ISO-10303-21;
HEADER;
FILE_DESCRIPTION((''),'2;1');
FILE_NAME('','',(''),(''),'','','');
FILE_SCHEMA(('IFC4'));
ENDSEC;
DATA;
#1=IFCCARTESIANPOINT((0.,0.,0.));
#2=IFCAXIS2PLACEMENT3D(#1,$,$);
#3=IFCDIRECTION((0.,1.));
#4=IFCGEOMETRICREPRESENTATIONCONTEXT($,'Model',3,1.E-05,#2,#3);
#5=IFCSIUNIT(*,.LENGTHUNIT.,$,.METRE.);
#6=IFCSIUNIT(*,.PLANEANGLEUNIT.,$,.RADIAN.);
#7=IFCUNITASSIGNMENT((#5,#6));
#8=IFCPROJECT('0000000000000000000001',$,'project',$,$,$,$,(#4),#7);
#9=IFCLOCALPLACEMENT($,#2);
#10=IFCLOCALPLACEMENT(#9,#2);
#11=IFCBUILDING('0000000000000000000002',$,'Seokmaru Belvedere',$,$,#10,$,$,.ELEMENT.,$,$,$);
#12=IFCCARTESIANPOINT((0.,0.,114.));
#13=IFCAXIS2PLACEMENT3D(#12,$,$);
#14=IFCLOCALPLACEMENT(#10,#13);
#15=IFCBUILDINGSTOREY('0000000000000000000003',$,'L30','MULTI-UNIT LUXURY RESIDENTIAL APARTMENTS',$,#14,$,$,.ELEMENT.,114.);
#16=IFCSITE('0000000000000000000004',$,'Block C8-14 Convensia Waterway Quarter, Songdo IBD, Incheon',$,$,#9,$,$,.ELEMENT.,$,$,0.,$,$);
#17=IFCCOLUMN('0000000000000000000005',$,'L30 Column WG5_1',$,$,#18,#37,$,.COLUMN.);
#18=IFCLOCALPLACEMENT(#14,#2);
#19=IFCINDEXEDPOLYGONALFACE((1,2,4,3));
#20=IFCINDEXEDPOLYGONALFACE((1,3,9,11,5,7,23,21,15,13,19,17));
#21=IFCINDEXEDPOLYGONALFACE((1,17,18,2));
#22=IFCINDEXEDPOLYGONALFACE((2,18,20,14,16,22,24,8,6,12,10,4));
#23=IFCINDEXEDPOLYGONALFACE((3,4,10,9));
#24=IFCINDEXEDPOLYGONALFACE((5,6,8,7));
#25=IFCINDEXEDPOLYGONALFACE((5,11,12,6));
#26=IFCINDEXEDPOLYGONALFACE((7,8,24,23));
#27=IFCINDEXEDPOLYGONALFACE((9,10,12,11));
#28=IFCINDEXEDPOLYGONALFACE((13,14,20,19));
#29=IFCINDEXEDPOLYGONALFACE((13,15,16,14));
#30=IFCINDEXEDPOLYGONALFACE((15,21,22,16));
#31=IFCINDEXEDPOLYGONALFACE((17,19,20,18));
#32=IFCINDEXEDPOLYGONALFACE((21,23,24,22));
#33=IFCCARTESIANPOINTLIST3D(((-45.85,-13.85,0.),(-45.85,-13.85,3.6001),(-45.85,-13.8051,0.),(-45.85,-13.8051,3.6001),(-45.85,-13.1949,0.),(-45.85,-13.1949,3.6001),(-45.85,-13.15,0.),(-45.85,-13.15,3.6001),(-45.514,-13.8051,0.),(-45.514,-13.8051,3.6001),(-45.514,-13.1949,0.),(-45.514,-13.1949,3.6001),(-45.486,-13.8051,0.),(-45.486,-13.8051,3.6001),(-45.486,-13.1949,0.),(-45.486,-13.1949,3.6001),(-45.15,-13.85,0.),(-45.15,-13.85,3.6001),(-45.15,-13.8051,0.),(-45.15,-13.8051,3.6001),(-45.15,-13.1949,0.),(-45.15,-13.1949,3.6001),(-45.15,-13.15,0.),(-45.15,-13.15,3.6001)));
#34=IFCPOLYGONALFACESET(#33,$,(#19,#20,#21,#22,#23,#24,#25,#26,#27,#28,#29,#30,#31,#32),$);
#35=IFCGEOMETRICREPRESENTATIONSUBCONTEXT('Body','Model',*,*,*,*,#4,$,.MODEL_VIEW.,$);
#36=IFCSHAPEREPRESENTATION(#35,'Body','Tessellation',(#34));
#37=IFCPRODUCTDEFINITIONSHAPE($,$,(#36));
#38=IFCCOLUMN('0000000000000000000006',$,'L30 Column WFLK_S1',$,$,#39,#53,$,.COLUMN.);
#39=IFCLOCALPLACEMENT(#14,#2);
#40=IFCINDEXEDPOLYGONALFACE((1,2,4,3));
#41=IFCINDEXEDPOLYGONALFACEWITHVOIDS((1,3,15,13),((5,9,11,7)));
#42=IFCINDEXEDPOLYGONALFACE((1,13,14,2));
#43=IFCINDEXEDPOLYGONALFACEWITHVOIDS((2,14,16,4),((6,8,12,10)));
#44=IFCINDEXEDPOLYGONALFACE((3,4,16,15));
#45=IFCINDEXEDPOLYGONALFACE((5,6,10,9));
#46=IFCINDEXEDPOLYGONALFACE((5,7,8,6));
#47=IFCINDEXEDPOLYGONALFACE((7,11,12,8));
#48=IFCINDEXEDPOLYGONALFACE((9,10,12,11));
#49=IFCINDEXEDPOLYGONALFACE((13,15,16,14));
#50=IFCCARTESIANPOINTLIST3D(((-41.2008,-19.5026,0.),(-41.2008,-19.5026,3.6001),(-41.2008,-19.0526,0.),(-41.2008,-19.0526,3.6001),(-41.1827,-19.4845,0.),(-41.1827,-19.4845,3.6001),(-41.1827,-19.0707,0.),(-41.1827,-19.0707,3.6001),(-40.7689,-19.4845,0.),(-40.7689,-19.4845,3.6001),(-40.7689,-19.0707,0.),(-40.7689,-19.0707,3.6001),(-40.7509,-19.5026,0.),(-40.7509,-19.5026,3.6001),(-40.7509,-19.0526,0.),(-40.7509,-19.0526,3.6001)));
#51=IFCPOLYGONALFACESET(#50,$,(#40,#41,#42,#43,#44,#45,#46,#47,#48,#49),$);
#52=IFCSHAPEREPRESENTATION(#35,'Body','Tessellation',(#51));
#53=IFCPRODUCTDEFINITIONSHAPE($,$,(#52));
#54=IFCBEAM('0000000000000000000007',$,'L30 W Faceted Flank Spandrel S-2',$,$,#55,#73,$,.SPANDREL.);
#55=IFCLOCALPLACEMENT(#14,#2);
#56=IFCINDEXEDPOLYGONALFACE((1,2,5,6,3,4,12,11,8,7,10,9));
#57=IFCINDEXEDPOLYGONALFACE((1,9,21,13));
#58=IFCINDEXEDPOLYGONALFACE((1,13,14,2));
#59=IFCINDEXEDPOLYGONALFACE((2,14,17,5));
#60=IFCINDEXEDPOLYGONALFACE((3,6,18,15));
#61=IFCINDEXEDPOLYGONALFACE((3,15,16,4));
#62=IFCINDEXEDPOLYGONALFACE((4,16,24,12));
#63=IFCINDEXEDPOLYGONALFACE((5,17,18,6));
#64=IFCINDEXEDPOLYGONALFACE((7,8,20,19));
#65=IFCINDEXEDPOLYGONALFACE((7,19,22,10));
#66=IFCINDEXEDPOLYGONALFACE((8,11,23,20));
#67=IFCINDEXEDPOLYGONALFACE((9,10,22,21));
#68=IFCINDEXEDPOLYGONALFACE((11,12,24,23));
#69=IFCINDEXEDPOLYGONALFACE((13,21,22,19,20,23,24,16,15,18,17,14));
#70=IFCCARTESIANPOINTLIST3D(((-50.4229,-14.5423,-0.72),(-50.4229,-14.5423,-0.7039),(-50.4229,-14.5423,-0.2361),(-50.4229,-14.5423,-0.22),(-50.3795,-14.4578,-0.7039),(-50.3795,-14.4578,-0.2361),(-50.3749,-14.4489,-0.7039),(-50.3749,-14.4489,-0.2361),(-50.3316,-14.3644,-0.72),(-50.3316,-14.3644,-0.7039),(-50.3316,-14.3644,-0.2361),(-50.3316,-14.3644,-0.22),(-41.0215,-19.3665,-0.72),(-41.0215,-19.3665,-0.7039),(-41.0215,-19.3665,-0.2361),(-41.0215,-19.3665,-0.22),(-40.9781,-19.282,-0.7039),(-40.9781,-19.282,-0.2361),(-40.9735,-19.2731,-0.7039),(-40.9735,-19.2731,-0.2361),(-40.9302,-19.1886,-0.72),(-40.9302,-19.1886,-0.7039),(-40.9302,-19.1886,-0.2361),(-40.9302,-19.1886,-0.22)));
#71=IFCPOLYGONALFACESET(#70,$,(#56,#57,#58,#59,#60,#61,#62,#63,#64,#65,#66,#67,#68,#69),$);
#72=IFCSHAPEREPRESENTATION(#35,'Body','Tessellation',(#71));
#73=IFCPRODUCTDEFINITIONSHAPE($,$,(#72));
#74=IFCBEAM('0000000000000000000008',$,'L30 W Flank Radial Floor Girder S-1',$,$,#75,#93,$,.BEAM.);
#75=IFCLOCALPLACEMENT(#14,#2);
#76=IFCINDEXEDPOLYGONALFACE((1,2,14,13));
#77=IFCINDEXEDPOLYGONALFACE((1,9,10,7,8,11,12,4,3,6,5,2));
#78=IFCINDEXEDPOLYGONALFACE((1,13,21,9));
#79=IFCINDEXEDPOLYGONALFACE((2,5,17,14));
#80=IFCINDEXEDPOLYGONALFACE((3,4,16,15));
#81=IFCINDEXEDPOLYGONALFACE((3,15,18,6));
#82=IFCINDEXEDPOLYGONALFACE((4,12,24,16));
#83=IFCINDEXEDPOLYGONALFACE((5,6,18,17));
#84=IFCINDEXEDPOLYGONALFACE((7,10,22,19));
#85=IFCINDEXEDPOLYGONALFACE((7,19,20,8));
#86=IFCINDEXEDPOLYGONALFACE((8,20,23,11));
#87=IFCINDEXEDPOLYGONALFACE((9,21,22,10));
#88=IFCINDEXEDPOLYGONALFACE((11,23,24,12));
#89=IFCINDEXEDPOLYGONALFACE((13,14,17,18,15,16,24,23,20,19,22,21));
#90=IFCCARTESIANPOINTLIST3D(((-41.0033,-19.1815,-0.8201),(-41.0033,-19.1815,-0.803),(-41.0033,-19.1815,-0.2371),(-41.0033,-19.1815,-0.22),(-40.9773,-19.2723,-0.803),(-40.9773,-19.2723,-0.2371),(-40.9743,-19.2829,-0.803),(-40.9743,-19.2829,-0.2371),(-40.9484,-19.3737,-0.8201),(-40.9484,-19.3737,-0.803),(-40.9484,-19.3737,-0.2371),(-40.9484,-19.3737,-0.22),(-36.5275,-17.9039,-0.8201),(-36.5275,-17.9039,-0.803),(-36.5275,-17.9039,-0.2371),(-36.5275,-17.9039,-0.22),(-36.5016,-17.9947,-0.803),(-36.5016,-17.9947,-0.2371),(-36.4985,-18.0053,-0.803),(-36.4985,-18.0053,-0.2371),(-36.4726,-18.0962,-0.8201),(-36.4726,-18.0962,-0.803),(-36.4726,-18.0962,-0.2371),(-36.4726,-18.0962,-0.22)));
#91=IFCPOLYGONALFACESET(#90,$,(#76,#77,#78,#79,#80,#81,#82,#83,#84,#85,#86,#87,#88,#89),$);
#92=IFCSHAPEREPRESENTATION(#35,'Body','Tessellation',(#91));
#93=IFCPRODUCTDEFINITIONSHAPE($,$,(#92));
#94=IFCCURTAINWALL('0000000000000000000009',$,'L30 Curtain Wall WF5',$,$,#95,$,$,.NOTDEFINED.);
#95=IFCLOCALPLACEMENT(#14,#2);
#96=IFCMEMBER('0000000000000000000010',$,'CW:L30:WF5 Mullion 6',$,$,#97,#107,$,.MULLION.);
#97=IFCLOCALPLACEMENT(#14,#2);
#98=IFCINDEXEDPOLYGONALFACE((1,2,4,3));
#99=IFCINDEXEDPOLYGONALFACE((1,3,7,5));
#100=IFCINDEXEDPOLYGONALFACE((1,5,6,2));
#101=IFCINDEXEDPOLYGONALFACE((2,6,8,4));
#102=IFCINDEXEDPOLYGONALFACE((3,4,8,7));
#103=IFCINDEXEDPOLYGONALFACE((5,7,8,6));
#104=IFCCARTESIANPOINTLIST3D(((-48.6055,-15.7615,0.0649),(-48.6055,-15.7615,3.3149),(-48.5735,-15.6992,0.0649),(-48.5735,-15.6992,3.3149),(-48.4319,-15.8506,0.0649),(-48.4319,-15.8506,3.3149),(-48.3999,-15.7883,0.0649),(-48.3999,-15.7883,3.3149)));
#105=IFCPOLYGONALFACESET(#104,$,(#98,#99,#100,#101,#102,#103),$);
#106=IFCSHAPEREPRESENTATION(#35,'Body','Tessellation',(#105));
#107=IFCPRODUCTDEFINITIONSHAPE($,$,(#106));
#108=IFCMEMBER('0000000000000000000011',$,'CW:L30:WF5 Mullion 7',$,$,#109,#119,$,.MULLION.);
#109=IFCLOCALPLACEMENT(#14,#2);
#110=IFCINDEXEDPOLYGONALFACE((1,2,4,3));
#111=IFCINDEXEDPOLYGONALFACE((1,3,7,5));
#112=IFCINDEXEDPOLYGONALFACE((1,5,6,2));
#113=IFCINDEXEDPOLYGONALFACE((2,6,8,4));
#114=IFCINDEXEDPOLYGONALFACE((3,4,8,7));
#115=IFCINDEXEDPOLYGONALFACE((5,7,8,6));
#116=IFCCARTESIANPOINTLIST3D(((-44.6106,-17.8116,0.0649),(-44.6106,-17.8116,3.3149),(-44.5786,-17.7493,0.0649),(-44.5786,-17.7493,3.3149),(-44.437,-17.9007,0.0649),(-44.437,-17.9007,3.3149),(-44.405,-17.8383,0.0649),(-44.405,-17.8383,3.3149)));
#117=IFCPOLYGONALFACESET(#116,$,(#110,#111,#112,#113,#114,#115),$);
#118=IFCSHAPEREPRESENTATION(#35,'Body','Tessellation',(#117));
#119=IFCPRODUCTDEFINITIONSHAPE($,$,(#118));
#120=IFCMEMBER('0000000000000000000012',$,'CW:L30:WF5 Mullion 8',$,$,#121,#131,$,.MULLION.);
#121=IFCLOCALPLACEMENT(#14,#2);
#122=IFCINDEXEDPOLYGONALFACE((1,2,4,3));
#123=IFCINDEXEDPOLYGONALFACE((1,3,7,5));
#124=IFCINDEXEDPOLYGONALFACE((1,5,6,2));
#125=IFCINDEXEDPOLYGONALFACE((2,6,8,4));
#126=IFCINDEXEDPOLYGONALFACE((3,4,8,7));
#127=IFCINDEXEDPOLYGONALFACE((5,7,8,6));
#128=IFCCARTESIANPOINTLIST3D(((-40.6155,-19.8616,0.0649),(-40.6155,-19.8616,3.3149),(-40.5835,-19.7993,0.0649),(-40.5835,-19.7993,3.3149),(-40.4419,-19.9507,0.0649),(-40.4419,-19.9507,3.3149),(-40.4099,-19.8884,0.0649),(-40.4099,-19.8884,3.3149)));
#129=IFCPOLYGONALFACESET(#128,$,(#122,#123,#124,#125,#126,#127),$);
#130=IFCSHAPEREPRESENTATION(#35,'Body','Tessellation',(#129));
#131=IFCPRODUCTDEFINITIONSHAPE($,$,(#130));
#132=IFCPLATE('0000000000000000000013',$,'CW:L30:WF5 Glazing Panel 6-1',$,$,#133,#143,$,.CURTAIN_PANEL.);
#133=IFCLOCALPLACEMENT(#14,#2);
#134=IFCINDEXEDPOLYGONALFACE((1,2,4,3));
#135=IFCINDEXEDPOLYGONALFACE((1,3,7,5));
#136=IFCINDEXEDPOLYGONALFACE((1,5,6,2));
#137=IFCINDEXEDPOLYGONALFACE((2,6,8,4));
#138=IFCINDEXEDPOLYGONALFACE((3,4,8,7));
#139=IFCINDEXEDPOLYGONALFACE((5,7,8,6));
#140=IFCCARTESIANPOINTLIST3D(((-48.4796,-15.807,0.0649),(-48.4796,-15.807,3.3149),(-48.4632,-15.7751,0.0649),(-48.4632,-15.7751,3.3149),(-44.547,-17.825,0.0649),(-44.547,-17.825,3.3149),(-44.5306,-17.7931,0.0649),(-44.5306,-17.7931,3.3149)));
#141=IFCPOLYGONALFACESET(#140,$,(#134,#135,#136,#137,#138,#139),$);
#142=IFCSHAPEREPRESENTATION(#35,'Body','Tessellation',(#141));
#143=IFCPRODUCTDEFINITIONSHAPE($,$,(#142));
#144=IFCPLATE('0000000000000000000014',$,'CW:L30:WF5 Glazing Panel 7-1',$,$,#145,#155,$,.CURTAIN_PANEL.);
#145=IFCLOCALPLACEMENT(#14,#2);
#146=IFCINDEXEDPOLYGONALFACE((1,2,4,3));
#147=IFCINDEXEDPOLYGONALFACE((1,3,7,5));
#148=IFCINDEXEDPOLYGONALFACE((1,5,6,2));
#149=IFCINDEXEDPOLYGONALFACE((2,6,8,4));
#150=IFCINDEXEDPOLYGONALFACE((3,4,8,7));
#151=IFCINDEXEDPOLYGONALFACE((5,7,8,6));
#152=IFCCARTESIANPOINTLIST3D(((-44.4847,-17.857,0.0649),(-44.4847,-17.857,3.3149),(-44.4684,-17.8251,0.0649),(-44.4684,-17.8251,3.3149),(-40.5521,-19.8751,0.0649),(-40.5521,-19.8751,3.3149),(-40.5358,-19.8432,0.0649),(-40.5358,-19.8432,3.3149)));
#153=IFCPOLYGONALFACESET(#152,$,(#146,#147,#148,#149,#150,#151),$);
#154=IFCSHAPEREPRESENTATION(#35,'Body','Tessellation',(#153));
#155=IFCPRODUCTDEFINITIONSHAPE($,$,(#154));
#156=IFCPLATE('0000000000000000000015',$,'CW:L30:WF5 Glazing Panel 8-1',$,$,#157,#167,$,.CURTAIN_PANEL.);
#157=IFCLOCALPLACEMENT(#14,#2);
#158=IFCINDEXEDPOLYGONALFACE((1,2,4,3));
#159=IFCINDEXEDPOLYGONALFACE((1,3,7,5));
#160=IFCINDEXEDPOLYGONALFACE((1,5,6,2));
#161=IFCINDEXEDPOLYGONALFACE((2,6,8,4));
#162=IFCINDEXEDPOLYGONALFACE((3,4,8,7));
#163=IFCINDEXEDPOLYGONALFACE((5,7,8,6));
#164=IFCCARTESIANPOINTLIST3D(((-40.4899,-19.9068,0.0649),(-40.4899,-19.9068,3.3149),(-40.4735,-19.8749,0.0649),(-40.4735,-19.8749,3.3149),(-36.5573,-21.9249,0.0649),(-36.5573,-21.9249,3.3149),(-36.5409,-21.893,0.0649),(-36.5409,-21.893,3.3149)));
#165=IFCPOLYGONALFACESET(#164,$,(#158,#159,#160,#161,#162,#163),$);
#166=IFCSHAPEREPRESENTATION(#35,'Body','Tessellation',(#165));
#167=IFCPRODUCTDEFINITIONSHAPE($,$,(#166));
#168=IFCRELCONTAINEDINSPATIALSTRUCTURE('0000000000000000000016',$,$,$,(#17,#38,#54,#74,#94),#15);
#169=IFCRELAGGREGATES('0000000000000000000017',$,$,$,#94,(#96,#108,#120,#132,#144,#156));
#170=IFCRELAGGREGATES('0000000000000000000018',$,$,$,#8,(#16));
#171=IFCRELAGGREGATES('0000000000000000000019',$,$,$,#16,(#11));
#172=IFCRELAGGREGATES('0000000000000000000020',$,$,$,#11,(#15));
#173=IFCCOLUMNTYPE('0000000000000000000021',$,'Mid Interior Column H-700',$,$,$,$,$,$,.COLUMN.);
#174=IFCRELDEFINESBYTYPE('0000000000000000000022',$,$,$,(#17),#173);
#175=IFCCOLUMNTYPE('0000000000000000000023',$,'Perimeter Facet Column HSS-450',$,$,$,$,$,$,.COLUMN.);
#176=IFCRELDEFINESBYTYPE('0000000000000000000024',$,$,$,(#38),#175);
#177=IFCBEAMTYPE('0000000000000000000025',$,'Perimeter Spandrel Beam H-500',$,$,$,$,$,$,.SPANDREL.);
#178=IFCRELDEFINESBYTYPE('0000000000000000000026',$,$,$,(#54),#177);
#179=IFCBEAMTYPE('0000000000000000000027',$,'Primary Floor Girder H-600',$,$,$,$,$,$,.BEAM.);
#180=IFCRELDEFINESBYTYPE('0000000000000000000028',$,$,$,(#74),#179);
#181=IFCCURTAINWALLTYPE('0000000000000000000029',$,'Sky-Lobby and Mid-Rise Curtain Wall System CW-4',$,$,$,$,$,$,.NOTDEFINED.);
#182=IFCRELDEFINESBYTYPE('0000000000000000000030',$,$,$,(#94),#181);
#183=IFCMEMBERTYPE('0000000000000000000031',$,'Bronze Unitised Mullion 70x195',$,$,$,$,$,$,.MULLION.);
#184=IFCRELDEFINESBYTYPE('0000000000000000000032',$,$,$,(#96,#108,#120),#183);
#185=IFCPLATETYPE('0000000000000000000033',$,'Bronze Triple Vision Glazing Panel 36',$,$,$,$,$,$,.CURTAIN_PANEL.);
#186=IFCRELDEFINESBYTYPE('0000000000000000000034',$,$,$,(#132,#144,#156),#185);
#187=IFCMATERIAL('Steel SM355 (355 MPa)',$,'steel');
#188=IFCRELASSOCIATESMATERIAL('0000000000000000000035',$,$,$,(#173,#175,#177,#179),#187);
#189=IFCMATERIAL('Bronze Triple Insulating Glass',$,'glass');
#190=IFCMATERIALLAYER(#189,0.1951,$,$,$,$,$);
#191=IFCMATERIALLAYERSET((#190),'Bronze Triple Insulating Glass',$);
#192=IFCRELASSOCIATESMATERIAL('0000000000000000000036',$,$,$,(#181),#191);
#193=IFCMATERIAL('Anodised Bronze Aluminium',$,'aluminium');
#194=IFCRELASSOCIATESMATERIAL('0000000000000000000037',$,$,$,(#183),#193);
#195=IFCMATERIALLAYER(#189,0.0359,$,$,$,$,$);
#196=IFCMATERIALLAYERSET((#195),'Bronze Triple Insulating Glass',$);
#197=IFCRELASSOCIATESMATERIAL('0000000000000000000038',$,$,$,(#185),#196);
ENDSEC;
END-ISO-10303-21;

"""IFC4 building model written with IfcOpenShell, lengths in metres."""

from ifc_helpers import new_model, si_unit, direction, frame, origin, origin_2d, place, context, subcontext, project, spatial, rectangle, hollow_rectangle, i_section, extrude, source, transform, mapped, material, layer, layer_set, material_profile, profile_set, type_object, type_shapes, element, aggregate, save


model = new_model("IFC4")

# Units and contexts
model_context = context("Model", 3, precision=1e-05, world=origin(), true_north=direction((0.0, 1.0)))
body_context = subcontext(model_context, "Body", "Model", "MODEL_VIEW")
ifc_project = project(units=[si_unit("LENGTHUNIT", "METRE"), si_unit("PLANEANGLEUNIT", "RADIAN")], contexts=[model_context])

# Site, building, storey
site_placement = place(None, origin())
site = spatial("IfcSite", under=ifc_project, at=site_placement, Name="Block C8-14 Convensia Waterway Quarter, Songdo IBD, Incheon", CompositionType="ELEMENT", RefElevation=0.0)
building_placement = place(site_placement, origin())
building = spatial("IfcBuilding", under=site, at=building_placement, Name="Seokmaru Belvedere", CompositionType="ELEMENT")
storey_placement = place(building_placement, frame((0.0, 0.0, 114.0)))
storey = spatial("IfcBuildingStorey", under=building, at=storey_placement, Name="L30", Description="MULTI-UNIT LUXURY RESIDENTIAL APARTMENTS", CompositionType="ELEMENT", Elevation=114.0)

# Columns
ifc_material_1 = material(Name="Steel SM355 (355 MPa)", Category="steel")
ifc_material_profile_1 = material_profile(ifc_material_1, i_section(OverallWidth=0.7, OverallDepth=0.7, WebThickness=0.0281, FlangeThickness=0.0449, at=origin_2d()), Name="H-700x700x28x45")
ifc_profile_set_1 = profile_set([ifc_material_profile_1], Name="Steel SM355 (355 MPa)")
column_type_1 = type_object("IfcColumnType", Name="Mid Interior Column H-700", PredefinedType="COLUMN", material=ifc_profile_set_1)
shared_shape_1 = source(origin(), body_context, "Body", "SweptSolid", [
    extrude(i_section(OverallWidth=0.7, OverallDepth=0.7, WebThickness=0.0281, FlangeThickness=0.0449, at=origin_2d()), origin(), (0.0, 0.0, 1.0), 3.6001),
])
type_shapes(column_type_1, [shared_shape_1])
column_1_placement = place(storey_placement, frame((-45.5, -13.5, 0.0), z_axis=(0.0, 0.0, 1.0), x_axis=(1.0, 0.0, 0.0)))
element("IfcColumn", 1, at=column_1_placement, inside=storey, type_object=column_type_1, Name="L30 Column WG5_1", PredefinedType="COLUMN", context=body_context, shape_type="MappedRepresentation", body=[
    mapped(shared_shape_1, transform((0.0, 0.0, 0.0), scale=1.0)),
])
ifc_material_profile_2 = material_profile(ifc_material_1, hollow_rectangle(XDim=0.45, YDim=0.45, WallThickness=0.0181, at=origin_2d()), Name="HSS-450x450x18")
ifc_profile_set_2 = profile_set([ifc_material_profile_2], Name="Steel SM355 (355 MPa)")
column_type_2 = type_object("IfcColumnType", Name="Perimeter Facet Column HSS-450", PredefinedType="COLUMN", material=ifc_profile_set_2)
shared_shape_2 = source(origin(), body_context, "Body", "SweptSolid", [
    extrude(hollow_rectangle(XDim=0.45, YDim=0.45, WallThickness=0.0181, at=origin_2d()), origin(), (0.0, 0.0, 1.0), 3.6001),
])
type_shapes(column_type_2, [shared_shape_2])
column_2_placement = place(storey_placement, frame((-40.9758, -19.2776, 0.0), z_axis=(0.0, 0.0, 1.0), x_axis=(1.0, 0.0, 0.0)))
element("IfcColumn", 2, at=column_2_placement, inside=storey, type_object=column_type_2, Name="L30 Column WFLK_S1", PredefinedType="COLUMN", context=body_context, shape_type="MappedRepresentation", body=[
    mapped(shared_shape_2, transform((0.0, 0.0, 0.0), scale=1.0)),
])

# Beams
ifc_material_profile_3 = material_profile(ifc_material_1, i_section(OverallWidth=0.2, OverallDepth=0.5, WebThickness=0.01, FlangeThickness=0.0161, at=origin_2d()), Name="H-500x200x10x16")
ifc_profile_set_3 = profile_set([ifc_material_profile_3], Name="Steel SM355 (355 MPa)")
beam_type_1 = type_object("IfcBeamType", Name="Perimeter Spandrel Beam H-500", PredefinedType="SPANDREL", material=ifc_profile_set_3)
shared_shape_3 = source(origin(), body_context, "Body", "SweptSolid", [
    extrude(i_section(OverallWidth=0.2, OverallDepth=0.5, WebThickness=0.01, FlangeThickness=0.0161, at=origin_2d()), origin(), (0.0, 0.0, 1.0), 10.5669),
])
type_shapes(beam_type_1, [shared_shape_3])
beam_1_placement = place(storey_placement, frame((-40.9758, -19.2776, -0.47), z_axis=(-0.889702, 0.456542, 0.0), x_axis=(-0.456542, -0.889702, 0.0)))
element("IfcBeam", 3, at=beam_1_placement, inside=storey, type_object=beam_type_1, Name="L30 W Faceted Flank Spandrel S-2", PredefinedType="SPANDREL", context=body_context, shape_type="MappedRepresentation", body=[
    mapped(shared_shape_3, transform((0.0, 0.0, 0.0), scale=1.0)),
])
ifc_material_profile_4 = material_profile(ifc_material_1, i_section(OverallWidth=0.2, OverallDepth=0.6001, WebThickness=0.011, FlangeThickness=0.0171, at=origin_2d()), Name="H-600x200x11x17")
ifc_profile_set_4 = profile_set([ifc_material_profile_4], Name="Steel SM355 (355 MPa)")
beam_type_2 = type_object("IfcBeamType", Name="Primary Floor Girder H-600", PredefinedType="BEAM", material=ifc_profile_set_4)
shared_shape_4 = source(origin(), body_context, "Body", "SweptSolid", [
    extrude(i_section(OverallWidth=0.2, OverallDepth=0.6001, WebThickness=0.011, FlangeThickness=0.0171, at=origin_2d()), origin(), (0.0, 0.0, 1.0), 4.6545),
])
type_shapes(beam_type_2, [shared_shape_4])
beam_2_placement = place(storey_placement, frame((-40.9758, -19.2776, -0.52), z_axis=(0.961593, 0.274479, 0.0), x_axis=(-0.274479, 0.961593, 0.0)))
element("IfcBeam", 4, at=beam_2_placement, inside=storey, type_object=beam_type_2, Name="L30 W Flank Radial Floor Girder S-1", PredefinedType="BEAM", context=body_context, shape_type="MappedRepresentation", body=[
    mapped(shared_shape_4, transform((0.0, 0.0, 0.0), scale=1.0)),
])

# Curtain wall, members, plates
ifc_material_2 = material(Name="Bronze Triple Insulating Glass", Category="glass")
ifc_layer_1 = layer(ifc_material_2, 0.1951)
ifc_layer_set_1 = layer_set([ifc_layer_1], Name="Bronze Triple Insulating Glass")
curtain_wall_type = type_object("IfcCurtainWallType", Name="Sky-Lobby and Mid-Rise Curtain Wall System CW-4", PredefinedType="NOTDEFINED", material=ifc_layer_set_1)
curtain_wall_placement = place(storey_placement, origin())
curtain_wall = element("IfcCurtainWall", 5, at=curtain_wall_placement, inside=storey, type_object=curtain_wall_type, Name="L30 Curtain Wall WF5", PredefinedType="NOTDEFINED")
ifc_material_3 = material(Name="Anodised Bronze Aluminium", Category="aluminium")
ifc_material_profile_5 = material_profile(ifc_material_3, rectangle(XDim=0.0701, YDim=0.1951, at=origin_2d()), Name="CW-M-70x195")
ifc_profile_set_5 = profile_set([ifc_material_profile_5], Name="Anodised Bronze Aluminium")
member_type = type_object("IfcMemberType", Name="Bronze Unitised Mullion 70x195", PredefinedType="MULLION", material=ifc_profile_set_5)
shared_shape_5 = source(origin(), body_context, "Body", "SweptSolid", [
    extrude(rectangle(XDim=0.0701, YDim=0.1951, at=origin_2d()), origin(), (0.0, 0.0, 1.0), 3.25),
])
type_shapes(member_type, [shared_shape_5])
member_1_placement = place(storey_placement, frame((-48.5027, -15.7749, 0.0649), z_axis=(0.0, 0.0, 1.0), x_axis=(0.456555, 0.889695, 0.0)))
member_1 = element("IfcMember", 6, at=member_1_placement, type_object=member_type, Name="CW:L30:WF5 Mullion 6", PredefinedType="MULLION", context=body_context, shape_type="MappedRepresentation", body=[
    mapped(shared_shape_5, transform((0.0, 0.0, 0.0), scale=1.0)),
])
member_2_placement = place(storey_placement, frame((-44.5078, -17.825, 0.0649), z_axis=(0.0, 0.0, 1.0), x_axis=(0.456555, 0.889695, 0.0)))
member_2 = element("IfcMember", 7, at=member_2_placement, type_object=member_type, Name="CW:L30:WF5 Mullion 7", PredefinedType="MULLION", context=body_context, shape_type="MappedRepresentation", body=[
    mapped(shared_shape_5, transform((0.0, 0.0, 0.0), scale=1.0)),
])
member_3_placement = place(storey_placement, frame((-40.5127, -19.875, 0.0649), z_axis=(0.0, 0.0, 1.0), x_axis=(0.456555, 0.889695, 0.0)))
member_3 = element("IfcMember", 8, at=member_3_placement, type_object=member_type, Name="CW:L30:WF5 Mullion 8", PredefinedType="MULLION", context=body_context, shape_type="MappedRepresentation", body=[
    mapped(shared_shape_5, transform((0.0, 0.0, 0.0), scale=1.0)),
])
ifc_layer_2 = layer(ifc_material_2, 0.0359)
ifc_layer_set_2 = layer_set([ifc_layer_2], Name="Bronze Triple Insulating Glass")
plate_type = type_object("IfcPlateType", Name="Bronze Triple Vision Glazing Panel 36", PredefinedType="CURTAIN_PANEL", material=ifc_layer_set_2)
shared_shape_6 = source(origin(), body_context, "Body", "SweptSolid", [
    extrude(rectangle(XDim=4.4202, YDim=0.0359, at=origin_2d()), origin(), (0.0, 0.0, 1.0), 3.25),
])
type_shapes(plate_type, [shared_shape_6])
plate_1_placement = place(storey_placement, frame((-46.5051, -16.8, 0.0649), z_axis=(0.0, 0.0, 1.0), x_axis=(0.889695, -0.456555, 0.0)))
plate_1 = element("IfcPlate", 9, at=plate_1_placement, type_object=plate_type, Name="CW:L30:WF5 Glazing Panel 6-1", PredefinedType="CURTAIN_PANEL", context=body_context, shape_type="MappedRepresentation", body=[
    mapped(shared_shape_6, transform((0.0, 0.0, 0.0), scale=1.0)),
])
plate_2_placement = place(storey_placement, frame((-42.5103, -18.8501, 0.0649), z_axis=(0.0, 0.0, 1.0), x_axis=(0.889695, -0.456555, 0.0)))
plate_2 = element("IfcPlate", 10, at=plate_2_placement, type_object=plate_type, Name="CW:L30:WF5 Glazing Panel 7-1", PredefinedType="CURTAIN_PANEL", context=body_context, shape_type="MappedRepresentation", body=[
    mapped(shared_shape_6, transform((0.0, 0.0, 0.0), scale=1.0)),
])
plate_3_placement = place(storey_placement, frame((-38.5154, -20.8999, 0.0649), z_axis=(0.0, 0.0, 1.0), x_axis=(0.889695, -0.456555, 0.0)))
plate_3 = element("IfcPlate", 11, at=plate_3_placement, type_object=plate_type, Name="CW:L30:WF5 Glazing Panel 8-1", PredefinedType="CURTAIN_PANEL", context=body_context, shape_type="MappedRepresentation", body=[
    mapped(shared_shape_6, transform((0.0, 0.0, 0.0), scale=1.0)),
])
aggregate(curtain_wall, [member_1, member_2, member_3, plate_1, plate_2, plate_3])

save(model, "model.ifc")
